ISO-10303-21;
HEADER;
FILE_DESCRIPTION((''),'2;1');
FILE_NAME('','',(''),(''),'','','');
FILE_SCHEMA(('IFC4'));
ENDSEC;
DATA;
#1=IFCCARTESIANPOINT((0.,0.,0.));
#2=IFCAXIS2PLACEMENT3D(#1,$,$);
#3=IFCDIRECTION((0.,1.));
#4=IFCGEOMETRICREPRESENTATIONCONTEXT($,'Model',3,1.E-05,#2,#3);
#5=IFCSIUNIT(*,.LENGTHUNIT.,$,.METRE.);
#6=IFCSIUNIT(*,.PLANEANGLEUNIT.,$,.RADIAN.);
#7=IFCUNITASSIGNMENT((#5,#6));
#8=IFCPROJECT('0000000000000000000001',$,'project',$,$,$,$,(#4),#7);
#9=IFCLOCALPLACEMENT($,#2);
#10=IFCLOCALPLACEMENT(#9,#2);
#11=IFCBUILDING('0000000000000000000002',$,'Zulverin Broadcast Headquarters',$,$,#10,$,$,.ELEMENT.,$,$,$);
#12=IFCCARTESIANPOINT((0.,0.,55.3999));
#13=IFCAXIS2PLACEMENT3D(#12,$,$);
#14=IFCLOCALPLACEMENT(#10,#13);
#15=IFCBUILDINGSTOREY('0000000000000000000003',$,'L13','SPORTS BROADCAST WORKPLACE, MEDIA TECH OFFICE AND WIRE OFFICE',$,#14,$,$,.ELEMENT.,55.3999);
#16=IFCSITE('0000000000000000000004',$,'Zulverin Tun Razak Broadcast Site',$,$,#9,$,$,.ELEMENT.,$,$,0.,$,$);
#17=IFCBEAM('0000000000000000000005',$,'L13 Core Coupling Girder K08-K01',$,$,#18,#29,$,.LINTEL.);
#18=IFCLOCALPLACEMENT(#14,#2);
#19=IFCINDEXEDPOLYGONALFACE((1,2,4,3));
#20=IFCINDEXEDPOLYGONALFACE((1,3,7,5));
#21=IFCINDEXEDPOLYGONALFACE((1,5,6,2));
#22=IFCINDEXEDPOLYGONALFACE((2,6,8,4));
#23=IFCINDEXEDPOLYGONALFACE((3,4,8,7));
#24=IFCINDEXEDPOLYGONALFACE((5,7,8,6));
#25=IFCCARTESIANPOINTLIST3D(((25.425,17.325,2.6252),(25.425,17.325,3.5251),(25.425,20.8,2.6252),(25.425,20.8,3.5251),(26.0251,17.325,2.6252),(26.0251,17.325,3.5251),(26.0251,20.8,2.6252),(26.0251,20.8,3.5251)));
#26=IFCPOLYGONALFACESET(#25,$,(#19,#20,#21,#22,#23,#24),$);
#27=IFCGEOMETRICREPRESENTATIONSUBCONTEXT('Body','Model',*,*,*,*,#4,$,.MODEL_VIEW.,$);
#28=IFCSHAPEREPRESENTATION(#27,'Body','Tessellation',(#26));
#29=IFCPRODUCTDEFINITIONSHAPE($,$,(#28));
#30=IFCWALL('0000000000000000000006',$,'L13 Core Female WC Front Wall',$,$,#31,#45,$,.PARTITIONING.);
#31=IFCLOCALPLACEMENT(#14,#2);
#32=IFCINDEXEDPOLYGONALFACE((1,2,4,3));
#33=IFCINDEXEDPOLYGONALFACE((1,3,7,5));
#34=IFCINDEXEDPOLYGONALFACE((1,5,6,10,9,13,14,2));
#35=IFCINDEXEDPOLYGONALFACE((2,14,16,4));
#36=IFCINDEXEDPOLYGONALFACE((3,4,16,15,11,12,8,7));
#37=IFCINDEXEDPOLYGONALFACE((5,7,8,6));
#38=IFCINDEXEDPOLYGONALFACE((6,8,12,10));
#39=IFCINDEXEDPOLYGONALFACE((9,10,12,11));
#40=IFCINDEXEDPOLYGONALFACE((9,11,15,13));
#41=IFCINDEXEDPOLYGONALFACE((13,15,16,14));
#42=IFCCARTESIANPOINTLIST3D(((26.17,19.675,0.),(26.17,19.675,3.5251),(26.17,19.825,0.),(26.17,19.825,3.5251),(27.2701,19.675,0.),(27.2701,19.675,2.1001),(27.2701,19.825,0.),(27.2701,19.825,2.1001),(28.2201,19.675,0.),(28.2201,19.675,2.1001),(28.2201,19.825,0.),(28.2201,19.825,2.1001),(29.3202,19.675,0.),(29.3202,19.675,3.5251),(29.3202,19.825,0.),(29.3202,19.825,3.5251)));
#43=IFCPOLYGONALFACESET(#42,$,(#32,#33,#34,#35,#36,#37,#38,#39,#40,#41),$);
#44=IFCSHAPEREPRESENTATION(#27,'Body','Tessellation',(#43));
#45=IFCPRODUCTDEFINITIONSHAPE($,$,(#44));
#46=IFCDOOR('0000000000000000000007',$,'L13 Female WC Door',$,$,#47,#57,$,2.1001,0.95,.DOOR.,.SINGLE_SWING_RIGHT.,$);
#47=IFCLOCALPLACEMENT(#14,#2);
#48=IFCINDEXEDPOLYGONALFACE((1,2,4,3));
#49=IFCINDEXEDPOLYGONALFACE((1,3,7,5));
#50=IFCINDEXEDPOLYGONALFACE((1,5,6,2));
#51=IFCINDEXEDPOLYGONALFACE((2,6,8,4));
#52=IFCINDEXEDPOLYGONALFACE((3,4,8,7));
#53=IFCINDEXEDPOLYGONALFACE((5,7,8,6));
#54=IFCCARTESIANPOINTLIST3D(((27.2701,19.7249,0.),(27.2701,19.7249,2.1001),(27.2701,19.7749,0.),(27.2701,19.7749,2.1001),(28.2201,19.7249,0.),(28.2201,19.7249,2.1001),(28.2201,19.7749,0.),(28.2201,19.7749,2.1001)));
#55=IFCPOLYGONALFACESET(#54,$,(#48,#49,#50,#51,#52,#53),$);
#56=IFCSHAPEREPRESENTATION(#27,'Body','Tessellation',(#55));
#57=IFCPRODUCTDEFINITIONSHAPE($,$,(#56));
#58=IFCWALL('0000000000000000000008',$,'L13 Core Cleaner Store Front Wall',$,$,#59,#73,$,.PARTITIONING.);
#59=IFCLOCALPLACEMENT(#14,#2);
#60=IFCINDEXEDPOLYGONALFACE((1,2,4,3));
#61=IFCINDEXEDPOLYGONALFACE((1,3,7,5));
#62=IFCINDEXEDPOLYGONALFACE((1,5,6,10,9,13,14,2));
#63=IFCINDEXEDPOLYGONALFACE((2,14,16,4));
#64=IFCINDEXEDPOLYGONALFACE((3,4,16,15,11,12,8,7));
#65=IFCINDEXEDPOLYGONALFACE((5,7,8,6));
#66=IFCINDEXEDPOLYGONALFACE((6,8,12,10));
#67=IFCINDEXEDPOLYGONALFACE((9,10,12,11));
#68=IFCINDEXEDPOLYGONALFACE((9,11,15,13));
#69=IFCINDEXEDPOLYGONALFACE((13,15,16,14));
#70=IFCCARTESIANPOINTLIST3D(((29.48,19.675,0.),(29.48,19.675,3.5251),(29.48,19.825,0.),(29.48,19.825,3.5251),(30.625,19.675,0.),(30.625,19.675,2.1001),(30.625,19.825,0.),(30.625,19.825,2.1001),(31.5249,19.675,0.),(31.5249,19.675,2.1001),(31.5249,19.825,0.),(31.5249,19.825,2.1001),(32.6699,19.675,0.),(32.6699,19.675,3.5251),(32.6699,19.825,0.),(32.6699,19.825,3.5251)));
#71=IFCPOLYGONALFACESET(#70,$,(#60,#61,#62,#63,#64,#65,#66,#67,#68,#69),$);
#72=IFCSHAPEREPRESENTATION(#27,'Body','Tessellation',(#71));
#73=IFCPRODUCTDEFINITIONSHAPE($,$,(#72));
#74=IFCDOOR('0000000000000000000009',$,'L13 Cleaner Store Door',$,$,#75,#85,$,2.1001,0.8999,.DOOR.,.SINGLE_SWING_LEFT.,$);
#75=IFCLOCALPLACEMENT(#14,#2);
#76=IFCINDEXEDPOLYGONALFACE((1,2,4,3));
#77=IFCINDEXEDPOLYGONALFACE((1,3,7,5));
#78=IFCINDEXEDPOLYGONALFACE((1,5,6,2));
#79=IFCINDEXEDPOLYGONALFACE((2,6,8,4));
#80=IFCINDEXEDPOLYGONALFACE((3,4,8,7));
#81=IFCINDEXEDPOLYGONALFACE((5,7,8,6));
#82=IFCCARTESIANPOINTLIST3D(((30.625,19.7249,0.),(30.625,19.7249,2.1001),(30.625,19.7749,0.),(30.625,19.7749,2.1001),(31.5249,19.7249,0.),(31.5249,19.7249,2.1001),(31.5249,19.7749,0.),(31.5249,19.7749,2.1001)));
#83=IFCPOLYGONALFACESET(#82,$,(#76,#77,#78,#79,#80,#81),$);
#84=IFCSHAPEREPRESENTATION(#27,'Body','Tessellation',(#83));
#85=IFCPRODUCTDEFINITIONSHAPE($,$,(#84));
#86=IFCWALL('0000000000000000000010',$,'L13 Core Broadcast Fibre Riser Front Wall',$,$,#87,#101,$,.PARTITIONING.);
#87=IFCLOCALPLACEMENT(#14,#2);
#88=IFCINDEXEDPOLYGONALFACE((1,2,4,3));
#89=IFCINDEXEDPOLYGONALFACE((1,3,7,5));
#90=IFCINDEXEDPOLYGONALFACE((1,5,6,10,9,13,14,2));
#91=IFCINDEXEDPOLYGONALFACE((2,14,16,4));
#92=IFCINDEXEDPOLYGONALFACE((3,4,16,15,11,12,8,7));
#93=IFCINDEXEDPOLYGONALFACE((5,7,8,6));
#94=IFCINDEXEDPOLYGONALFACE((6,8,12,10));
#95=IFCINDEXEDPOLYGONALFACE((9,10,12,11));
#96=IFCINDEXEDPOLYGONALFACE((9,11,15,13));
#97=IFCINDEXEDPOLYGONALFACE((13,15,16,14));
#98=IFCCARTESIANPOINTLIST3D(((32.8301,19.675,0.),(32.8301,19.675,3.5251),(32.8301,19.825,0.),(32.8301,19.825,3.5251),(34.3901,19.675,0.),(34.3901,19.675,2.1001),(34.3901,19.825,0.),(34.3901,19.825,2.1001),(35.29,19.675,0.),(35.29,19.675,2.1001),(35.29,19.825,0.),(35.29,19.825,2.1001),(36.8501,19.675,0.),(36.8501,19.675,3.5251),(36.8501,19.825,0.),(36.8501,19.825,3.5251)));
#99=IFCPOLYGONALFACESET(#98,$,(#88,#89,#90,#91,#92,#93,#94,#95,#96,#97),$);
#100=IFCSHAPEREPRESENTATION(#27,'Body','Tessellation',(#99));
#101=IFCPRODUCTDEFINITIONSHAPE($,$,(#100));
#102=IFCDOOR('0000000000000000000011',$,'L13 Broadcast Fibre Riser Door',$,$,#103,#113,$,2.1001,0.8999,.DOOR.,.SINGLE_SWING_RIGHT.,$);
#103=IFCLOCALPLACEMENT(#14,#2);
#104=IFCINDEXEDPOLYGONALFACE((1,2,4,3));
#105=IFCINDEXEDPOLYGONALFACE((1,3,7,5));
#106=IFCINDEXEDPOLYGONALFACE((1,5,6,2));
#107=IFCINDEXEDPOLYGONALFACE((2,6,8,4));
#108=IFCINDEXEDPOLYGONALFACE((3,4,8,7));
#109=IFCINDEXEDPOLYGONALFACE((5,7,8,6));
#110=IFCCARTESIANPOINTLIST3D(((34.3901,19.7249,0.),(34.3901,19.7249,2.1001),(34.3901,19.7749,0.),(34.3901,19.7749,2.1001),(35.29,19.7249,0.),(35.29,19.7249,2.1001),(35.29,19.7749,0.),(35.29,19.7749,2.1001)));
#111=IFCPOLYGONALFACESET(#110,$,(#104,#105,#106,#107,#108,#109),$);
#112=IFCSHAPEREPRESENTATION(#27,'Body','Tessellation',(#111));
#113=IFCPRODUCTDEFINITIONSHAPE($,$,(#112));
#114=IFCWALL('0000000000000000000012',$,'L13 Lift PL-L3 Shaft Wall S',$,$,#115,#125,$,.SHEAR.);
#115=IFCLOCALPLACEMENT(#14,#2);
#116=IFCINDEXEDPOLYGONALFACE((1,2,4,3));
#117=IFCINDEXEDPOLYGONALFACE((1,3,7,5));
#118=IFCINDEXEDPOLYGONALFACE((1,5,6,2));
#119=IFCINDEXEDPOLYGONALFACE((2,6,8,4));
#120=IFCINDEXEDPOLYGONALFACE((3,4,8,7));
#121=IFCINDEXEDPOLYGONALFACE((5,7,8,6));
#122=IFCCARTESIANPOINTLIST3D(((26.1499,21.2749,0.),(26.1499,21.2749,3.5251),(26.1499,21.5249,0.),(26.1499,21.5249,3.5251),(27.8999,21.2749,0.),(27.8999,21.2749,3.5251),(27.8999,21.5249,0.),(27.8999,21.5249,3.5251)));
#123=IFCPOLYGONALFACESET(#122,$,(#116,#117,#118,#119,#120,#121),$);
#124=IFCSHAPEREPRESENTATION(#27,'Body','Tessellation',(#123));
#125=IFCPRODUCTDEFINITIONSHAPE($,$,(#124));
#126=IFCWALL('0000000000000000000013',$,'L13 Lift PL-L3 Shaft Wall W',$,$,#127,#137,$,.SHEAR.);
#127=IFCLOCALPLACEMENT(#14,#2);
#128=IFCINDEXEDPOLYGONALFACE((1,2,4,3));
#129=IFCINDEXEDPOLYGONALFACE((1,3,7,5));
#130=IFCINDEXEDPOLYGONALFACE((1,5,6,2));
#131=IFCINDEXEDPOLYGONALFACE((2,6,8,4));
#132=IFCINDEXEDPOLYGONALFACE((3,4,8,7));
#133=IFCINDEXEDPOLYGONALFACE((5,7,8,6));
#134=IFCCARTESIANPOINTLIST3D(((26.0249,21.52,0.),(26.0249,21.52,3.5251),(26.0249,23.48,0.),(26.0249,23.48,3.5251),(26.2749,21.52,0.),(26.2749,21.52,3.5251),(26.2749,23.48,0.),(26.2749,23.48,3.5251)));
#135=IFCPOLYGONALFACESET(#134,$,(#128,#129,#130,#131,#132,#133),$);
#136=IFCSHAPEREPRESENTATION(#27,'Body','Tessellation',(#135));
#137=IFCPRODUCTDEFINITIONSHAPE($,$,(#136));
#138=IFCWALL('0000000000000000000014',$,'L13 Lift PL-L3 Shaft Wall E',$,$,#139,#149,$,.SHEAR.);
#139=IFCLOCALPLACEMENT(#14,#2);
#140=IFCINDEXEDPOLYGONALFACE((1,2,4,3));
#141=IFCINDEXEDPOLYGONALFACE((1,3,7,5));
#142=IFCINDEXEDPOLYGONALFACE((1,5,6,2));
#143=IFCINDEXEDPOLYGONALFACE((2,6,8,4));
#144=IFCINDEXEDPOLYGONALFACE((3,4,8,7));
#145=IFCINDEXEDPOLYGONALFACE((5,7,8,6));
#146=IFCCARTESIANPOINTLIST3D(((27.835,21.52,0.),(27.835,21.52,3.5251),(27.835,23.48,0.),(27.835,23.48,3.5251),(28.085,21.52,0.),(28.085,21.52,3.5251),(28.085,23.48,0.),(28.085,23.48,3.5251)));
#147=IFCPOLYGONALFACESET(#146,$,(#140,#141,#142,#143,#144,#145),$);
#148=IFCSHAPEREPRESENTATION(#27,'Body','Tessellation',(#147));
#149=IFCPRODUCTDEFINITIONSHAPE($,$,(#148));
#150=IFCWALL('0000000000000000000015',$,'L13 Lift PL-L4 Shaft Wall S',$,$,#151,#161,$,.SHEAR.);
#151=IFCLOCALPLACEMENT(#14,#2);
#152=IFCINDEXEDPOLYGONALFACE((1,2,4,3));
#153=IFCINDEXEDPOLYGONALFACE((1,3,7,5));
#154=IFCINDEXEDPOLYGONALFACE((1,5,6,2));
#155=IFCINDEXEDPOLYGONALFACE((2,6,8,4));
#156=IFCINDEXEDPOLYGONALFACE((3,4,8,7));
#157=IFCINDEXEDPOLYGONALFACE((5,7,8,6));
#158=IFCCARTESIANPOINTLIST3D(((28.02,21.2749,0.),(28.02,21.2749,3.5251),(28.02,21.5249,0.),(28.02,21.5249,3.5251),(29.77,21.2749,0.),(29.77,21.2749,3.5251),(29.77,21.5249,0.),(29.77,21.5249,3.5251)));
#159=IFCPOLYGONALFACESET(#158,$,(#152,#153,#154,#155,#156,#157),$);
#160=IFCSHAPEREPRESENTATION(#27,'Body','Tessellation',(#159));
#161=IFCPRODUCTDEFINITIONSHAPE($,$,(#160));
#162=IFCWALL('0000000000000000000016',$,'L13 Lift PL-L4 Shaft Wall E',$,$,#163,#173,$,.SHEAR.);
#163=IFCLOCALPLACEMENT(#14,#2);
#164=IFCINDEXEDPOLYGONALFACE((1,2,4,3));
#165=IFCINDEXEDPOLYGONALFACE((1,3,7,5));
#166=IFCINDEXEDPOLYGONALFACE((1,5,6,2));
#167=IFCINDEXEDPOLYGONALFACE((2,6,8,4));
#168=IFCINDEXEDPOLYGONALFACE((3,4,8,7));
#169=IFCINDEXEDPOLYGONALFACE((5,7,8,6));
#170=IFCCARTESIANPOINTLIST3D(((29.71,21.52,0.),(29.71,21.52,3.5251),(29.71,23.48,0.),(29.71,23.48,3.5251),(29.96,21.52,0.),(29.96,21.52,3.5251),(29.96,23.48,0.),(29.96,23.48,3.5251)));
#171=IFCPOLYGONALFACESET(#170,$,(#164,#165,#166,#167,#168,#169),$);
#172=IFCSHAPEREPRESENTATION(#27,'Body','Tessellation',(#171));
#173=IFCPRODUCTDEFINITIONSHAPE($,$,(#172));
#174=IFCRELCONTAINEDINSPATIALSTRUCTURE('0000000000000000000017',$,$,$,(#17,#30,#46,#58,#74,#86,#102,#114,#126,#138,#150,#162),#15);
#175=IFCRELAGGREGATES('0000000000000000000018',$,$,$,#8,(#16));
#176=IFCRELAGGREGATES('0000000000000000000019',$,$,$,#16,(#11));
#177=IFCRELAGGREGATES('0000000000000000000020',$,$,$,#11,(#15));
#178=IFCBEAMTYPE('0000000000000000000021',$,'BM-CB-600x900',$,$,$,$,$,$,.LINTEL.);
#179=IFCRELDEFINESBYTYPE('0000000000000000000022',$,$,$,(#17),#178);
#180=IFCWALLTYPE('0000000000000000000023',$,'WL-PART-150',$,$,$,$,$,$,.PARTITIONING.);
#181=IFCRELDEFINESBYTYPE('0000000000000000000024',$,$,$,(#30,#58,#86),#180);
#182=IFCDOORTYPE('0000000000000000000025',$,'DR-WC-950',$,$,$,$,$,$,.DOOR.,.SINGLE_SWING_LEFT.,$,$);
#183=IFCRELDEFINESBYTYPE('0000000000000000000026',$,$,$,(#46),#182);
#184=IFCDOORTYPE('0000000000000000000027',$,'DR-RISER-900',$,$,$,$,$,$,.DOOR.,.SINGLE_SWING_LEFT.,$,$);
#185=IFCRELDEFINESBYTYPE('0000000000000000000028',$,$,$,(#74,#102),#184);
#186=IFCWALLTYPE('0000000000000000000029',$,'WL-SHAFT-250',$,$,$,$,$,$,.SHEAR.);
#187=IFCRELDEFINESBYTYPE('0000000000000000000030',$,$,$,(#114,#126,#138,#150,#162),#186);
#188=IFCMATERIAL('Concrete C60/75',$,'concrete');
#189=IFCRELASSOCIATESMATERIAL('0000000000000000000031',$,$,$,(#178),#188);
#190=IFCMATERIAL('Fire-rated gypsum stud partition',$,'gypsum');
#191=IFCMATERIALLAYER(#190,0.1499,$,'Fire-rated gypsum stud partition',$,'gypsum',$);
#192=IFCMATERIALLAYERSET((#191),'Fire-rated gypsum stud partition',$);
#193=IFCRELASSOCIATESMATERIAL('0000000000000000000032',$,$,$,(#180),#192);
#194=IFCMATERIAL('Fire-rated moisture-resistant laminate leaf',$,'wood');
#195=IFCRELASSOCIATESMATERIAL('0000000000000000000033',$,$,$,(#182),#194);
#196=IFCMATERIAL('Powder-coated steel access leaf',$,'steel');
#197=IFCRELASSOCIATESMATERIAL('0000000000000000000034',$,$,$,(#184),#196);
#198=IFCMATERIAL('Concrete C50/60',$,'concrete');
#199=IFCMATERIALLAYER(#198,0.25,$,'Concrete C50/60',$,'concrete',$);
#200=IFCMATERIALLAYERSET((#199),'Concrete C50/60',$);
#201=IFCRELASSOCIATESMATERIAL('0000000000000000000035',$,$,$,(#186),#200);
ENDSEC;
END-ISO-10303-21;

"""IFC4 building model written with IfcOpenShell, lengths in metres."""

from ifc_helpers import new_model, si_unit, direction, frame, frame_2d, origin, origin_2d, place, context, subcontext, project, spatial, rectangle, extrude, material, layer, layer_set, material_profile, profile_set, type_object, element, fill, save


model = new_model("IFC4")

# Units and contexts
model_context = context("Model", 3, precision=1e-05, world=origin(), true_north=direction((0.0, 1.0)))
body_context = subcontext(model_context, "Body", "Model", "MODEL_VIEW")
ifc_project = project(units=[si_unit("LENGTHUNIT", "METRE"), si_unit("PLANEANGLEUNIT", "RADIAN")], contexts=[model_context])

# Site, building, storey
site_placement = place(None, origin())
site = spatial("IfcSite", under=ifc_project, at=site_placement, Name="Zulverin Tun Razak Broadcast Site", CompositionType="ELEMENT", RefElevation=0.0)
building_placement = place(site_placement, origin())
building = spatial("IfcBuilding", under=site, at=building_placement, Name="Zulverin Broadcast Headquarters", CompositionType="ELEMENT")
storey_placement = place(building_placement, frame((0.0, 0.0, 55.3999)))
storey = spatial("IfcBuildingStorey", under=building, at=storey_placement, Name="L13", Description="SPORTS BROADCAST WORKPLACE, MEDIA TECH OFFICE AND WIRE OFFICE", CompositionType="ELEMENT", Elevation=55.3999)

# Beam
ifc_material_1 = material(Name="Concrete C60/75", Category="concrete")
ifc_material_profile = material_profile(ifc_material_1, rectangle(XDim=0.6001, YDim=0.8999, at=origin_2d()), Name="Concrete C60/75", Category="concrete")
ifc_profile_set = profile_set([ifc_material_profile], Name="Concrete C60/75")
beam_type = type_object("IfcBeamType", Name="BM-CB-600x900", PredefinedType="LINTEL", material=ifc_profile_set)
beam_placement = place(storey_placement, frame((25.7251, 20.8, 3.0752), z_axis=(0.0, -1.0, 0.0), x_axis=(1.0, 0.0, 0.0)))
element("IfcBeam", 1, at=beam_placement, inside=storey, type_object=beam_type, Name="L13 Core Coupling Girder K08-K01", PredefinedType="LINTEL", context=body_context, shape_type="SweptSolid", body=[
    extrude(rectangle(XDim=0.6001, YDim=0.8999, at=origin_2d()), origin(), (0.0, 0.0, 1.0), 3.4751),
])

# Walls, openings, doors
ifc_material_2 = material(Name="Fire-rated gypsum stud partition", Category="gypsum")
ifc_layer_1 = layer(ifc_material_2, 0.1499, Name="Fire-rated gypsum stud partition", Category="gypsum")
ifc_layer_set_1 = layer_set([ifc_layer_1], Name="Fire-rated gypsum stud partition")
wall_type_1 = type_object("IfcWallType", Name="WL-PART-150", PredefinedType="PARTITIONING", material=ifc_layer_set_1)
wall_1_placement = place(storey_placement, frame((26.1699, 19.75, 0.0), z_axis=(0.0, 0.0, 1.0), x_axis=(1.0, 0.0, 0.0)))
wall_1 = element("IfcWall", 2, at=wall_1_placement, inside=storey, type_object=wall_type_1, Name="L13 Core Female WC Front Wall", PredefinedType="PARTITIONING", context=body_context, shape_type="SweptSolid", body=[
    extrude(rectangle(XDim=3.1501, YDim=0.1499, at=frame_2d((1.5752, 0.0))), origin(), (0.0, 0.0, 1.0), 3.5251),
])
opening_1_placement = place(wall_1_placement, frame((1.1001, 0.0, 0.0)))
opening_1 = element("IfcOpeningElement", 3, at=opening_1_placement, cuts=wall_1, PredefinedType="OPENING", context=body_context, shape_type="SweptSolid", body=[
    extrude(rectangle(XDim=0.95, YDim=2.1001, at=frame_2d((0.4751, 1.05))), frame((0.0, 0.085, 0.0), z_axis=(0.0, -1.0, 0.0), x_axis=(1.0, 0.0, 0.0)), (0.0, 0.0, 1.0), 0.1699),
])
ifc_material_3 = material(Name="Fire-rated moisture-resistant laminate leaf", Category="wood")
door_type_1 = type_object("IfcDoorType", Name="DR-WC-950", OperationType="SINGLE_SWING_LEFT", PredefinedType="DOOR", material=ifc_material_3)
door_1_placement = place(opening_1_placement, origin())
door_1 = element("IfcDoor", 4, at=door_1_placement, inside=storey, type_object=door_type_1, Name="L13 Female WC Door", OperationType="SINGLE_SWING_RIGHT", OverallHeight=2.1001, OverallWidth=0.95, PredefinedType="DOOR", context=body_context, shape_type="SweptSolid", body=[
    extrude(rectangle(XDim=0.95, YDim=2.1001, at=frame_2d((0.4751, 1.05))), frame((0.0, 0.0249, 0.0), z_axis=(0.0, -1.0, 0.0), x_axis=(1.0, 0.0, 0.0)), (0.0, 0.0, 1.0), 0.05),
])
fill(opening_1, door_1)
wall_2_placement = place(storey_placement, frame((29.48, 19.75, 0.0), z_axis=(0.0, 0.0, 1.0), x_axis=(1.0, 0.0, 0.0)))
wall_2 = element("IfcWall", 5, at=wall_2_placement, inside=storey, type_object=wall_type_1, Name="L13 Core Cleaner Store Front Wall", PredefinedType="PARTITIONING", context=body_context, shape_type="SweptSolid", body=[
    extrude(rectangle(XDim=3.1899, YDim=0.1499, at=frame_2d((1.595, 0.0))), origin(), (0.0, 0.0, 1.0), 3.5251),
])
opening_2_placement = place(wall_2_placement, frame((1.145, 0.0, 0.0)))
opening_2 = element("IfcOpeningElement", 6, at=opening_2_placement, cuts=wall_2, PredefinedType="OPENING", context=body_context, shape_type="SweptSolid", body=[
    extrude(rectangle(XDim=0.8999, YDim=2.1001, at=frame_2d((0.45, 1.05))), frame((0.0, 0.085, 0.0), z_axis=(0.0, -1.0, 0.0), x_axis=(1.0, 0.0, 0.0)), (0.0, 0.0, 1.0), 0.1699),
])
ifc_material_4 = material(Name="Powder-coated steel access leaf", Category="steel")
door_type_2 = type_object("IfcDoorType", Name="DR-RISER-900", OperationType="SINGLE_SWING_LEFT", PredefinedType="DOOR", material=ifc_material_4)
door_2_placement = place(opening_2_placement, origin())
door_2 = element("IfcDoor", 7, at=door_2_placement, inside=storey, type_object=door_type_2, Name="L13 Cleaner Store Door", OperationType="SINGLE_SWING_LEFT", OverallHeight=2.1001, OverallWidth=0.8999, PredefinedType="DOOR", context=body_context, shape_type="SweptSolid", body=[
    extrude(rectangle(XDim=0.8999, YDim=2.1001, at=frame_2d((0.45, 1.05))), frame((0.0, 0.0249, 0.0), z_axis=(0.0, -1.0, 0.0), x_axis=(1.0, 0.0, 0.0)), (0.0, 0.0, 1.0), 0.05),
])
fill(opening_2, door_2)
wall_3_placement = place(storey_placement, frame((32.8301, 19.75, 0.0), z_axis=(0.0, 0.0, 1.0), x_axis=(1.0, 0.0, 0.0)))
wall_3 = element("IfcWall", 8, at=wall_3_placement, inside=storey, type_object=wall_type_1, Name="L13 Core Broadcast Fibre Riser Front Wall", PredefinedType="PARTITIONING", context=body_context, shape_type="SweptSolid", body=[
    extrude(rectangle(XDim=4.02, YDim=0.1499, at=frame_2d((2.01, 0.0))), origin(), (0.0, 0.0, 1.0), 3.5251),
])
opening_3_placement = place(wall_3_placement, frame((1.5601, 0.0, 0.0)))
opening_3 = element("IfcOpeningElement", 9, at=opening_3_placement, cuts=wall_3, PredefinedType="OPENING", context=body_context, shape_type="SweptSolid", body=[
    extrude(rectangle(XDim=0.8999, YDim=2.1001, at=frame_2d((0.45, 1.05))), frame((0.0, 0.085, 0.0), z_axis=(0.0, -1.0, 0.0), x_axis=(1.0, 0.0, 0.0)), (0.0, 0.0, 1.0), 0.1699),
])
door_3_placement = place(opening_3_placement, origin())
door_3 = element("IfcDoor", 10, at=door_3_placement, inside=storey, type_object=door_type_2, Name="L13 Broadcast Fibre Riser Door", OperationType="SINGLE_SWING_RIGHT", OverallHeight=2.1001, OverallWidth=0.8999, PredefinedType="DOOR", context=body_context, shape_type="SweptSolid", body=[
    extrude(rectangle(XDim=0.8999, YDim=2.1001, at=frame_2d((0.45, 1.05))), frame((0.0, 0.0249, 0.0), z_axis=(0.0, -1.0, 0.0), x_axis=(1.0, 0.0, 0.0)), (0.0, 0.0, 1.0), 0.05),
])
fill(opening_3, door_3)

# Wall
ifc_material_5 = material(Name="Concrete C50/60", Category="concrete")
ifc_layer_2 = layer(ifc_material_5, 0.25, Name="Concrete C50/60", Category="concrete")
ifc_layer_set_2 = layer_set([ifc_layer_2], Name="Concrete C50/60")
wall_type_2 = type_object("IfcWallType", Name="WL-SHAFT-250", PredefinedType="SHEAR", material=ifc_layer_set_2)
wall_4_placement = place(storey_placement, frame((26.1499, 21.3999, 0.0), z_axis=(0.0, 0.0, 1.0), x_axis=(1.0, 0.0, 0.0)))
element("IfcWall", 11, at=wall_4_placement, inside=storey, type_object=wall_type_2, Name="L13 Lift PL-L3 Shaft Wall S", PredefinedType="SHEAR", context=body_context, shape_type="SweptSolid", body=[
    extrude(rectangle(XDim=1.75, YDim=0.25, at=frame_2d((0.875, 0.0))), origin(), (0.0, 0.0, 1.0), 3.5251),
])

# Walls
for number, where, z_axis, x_axis, name in (
    (12, (26.1499, 21.52, 0.0), (0.0, 0.0, 1.0), (0.0, 1.0, 0.0), "L13 Lift PL-L3 Shaft Wall W"),
    (13, (27.96, 21.52, 0.0), (0.0, 0.0, 1.0), (0.0, 1.0, 0.0), "L13 Lift PL-L3 Shaft Wall E"),
):
    element("IfcWall", number, at=place(storey_placement, frame(where, z_axis=z_axis, x_axis=x_axis)), inside=storey, type_object=wall_type_2, Name=name, PredefinedType="SHEAR", context=body_context, shape_type="SweptSolid", body=[
        extrude(rectangle(XDim=1.96, YDim=0.25, at=frame_2d((0.98, 0.0))), origin(), (0.0, 0.0, 1.0), 3.5251),
    ])
wall_5_placement = place(storey_placement, frame((28.02, 21.3999, 0.0), z_axis=(0.0, 0.0, 1.0), x_axis=(1.0, 0.0, 0.0)))
element("IfcWall", 14, at=wall_5_placement, inside=storey, type_object=wall_type_2, Name="L13 Lift PL-L4 Shaft Wall S", PredefinedType="SHEAR", context=body_context, shape_type="SweptSolid", body=[
    extrude(rectangle(XDim=1.75, YDim=0.25, at=frame_2d((0.875, 0.0))), origin(), (0.0, 0.0, 1.0), 3.5251),
])

# Wall
wall_6_placement = place(storey_placement, frame((29.835, 21.52, 0.0), z_axis=(0.0, 0.0, 1.0), x_axis=(0.0, 1.0, 0.0)))
element("IfcWall", 15, at=wall_6_placement, inside=storey, type_object=wall_type_2, Name="L13 Lift PL-L4 Shaft Wall E", PredefinedType="SHEAR", context=body_context, shape_type="SweptSolid", body=[
    extrude(rectangle(XDim=1.96, YDim=0.25, at=frame_2d((0.98, 0.0))), origin(), (0.0, 0.0, 1.0), 3.5251),
])

save(model, "model.ifc")
